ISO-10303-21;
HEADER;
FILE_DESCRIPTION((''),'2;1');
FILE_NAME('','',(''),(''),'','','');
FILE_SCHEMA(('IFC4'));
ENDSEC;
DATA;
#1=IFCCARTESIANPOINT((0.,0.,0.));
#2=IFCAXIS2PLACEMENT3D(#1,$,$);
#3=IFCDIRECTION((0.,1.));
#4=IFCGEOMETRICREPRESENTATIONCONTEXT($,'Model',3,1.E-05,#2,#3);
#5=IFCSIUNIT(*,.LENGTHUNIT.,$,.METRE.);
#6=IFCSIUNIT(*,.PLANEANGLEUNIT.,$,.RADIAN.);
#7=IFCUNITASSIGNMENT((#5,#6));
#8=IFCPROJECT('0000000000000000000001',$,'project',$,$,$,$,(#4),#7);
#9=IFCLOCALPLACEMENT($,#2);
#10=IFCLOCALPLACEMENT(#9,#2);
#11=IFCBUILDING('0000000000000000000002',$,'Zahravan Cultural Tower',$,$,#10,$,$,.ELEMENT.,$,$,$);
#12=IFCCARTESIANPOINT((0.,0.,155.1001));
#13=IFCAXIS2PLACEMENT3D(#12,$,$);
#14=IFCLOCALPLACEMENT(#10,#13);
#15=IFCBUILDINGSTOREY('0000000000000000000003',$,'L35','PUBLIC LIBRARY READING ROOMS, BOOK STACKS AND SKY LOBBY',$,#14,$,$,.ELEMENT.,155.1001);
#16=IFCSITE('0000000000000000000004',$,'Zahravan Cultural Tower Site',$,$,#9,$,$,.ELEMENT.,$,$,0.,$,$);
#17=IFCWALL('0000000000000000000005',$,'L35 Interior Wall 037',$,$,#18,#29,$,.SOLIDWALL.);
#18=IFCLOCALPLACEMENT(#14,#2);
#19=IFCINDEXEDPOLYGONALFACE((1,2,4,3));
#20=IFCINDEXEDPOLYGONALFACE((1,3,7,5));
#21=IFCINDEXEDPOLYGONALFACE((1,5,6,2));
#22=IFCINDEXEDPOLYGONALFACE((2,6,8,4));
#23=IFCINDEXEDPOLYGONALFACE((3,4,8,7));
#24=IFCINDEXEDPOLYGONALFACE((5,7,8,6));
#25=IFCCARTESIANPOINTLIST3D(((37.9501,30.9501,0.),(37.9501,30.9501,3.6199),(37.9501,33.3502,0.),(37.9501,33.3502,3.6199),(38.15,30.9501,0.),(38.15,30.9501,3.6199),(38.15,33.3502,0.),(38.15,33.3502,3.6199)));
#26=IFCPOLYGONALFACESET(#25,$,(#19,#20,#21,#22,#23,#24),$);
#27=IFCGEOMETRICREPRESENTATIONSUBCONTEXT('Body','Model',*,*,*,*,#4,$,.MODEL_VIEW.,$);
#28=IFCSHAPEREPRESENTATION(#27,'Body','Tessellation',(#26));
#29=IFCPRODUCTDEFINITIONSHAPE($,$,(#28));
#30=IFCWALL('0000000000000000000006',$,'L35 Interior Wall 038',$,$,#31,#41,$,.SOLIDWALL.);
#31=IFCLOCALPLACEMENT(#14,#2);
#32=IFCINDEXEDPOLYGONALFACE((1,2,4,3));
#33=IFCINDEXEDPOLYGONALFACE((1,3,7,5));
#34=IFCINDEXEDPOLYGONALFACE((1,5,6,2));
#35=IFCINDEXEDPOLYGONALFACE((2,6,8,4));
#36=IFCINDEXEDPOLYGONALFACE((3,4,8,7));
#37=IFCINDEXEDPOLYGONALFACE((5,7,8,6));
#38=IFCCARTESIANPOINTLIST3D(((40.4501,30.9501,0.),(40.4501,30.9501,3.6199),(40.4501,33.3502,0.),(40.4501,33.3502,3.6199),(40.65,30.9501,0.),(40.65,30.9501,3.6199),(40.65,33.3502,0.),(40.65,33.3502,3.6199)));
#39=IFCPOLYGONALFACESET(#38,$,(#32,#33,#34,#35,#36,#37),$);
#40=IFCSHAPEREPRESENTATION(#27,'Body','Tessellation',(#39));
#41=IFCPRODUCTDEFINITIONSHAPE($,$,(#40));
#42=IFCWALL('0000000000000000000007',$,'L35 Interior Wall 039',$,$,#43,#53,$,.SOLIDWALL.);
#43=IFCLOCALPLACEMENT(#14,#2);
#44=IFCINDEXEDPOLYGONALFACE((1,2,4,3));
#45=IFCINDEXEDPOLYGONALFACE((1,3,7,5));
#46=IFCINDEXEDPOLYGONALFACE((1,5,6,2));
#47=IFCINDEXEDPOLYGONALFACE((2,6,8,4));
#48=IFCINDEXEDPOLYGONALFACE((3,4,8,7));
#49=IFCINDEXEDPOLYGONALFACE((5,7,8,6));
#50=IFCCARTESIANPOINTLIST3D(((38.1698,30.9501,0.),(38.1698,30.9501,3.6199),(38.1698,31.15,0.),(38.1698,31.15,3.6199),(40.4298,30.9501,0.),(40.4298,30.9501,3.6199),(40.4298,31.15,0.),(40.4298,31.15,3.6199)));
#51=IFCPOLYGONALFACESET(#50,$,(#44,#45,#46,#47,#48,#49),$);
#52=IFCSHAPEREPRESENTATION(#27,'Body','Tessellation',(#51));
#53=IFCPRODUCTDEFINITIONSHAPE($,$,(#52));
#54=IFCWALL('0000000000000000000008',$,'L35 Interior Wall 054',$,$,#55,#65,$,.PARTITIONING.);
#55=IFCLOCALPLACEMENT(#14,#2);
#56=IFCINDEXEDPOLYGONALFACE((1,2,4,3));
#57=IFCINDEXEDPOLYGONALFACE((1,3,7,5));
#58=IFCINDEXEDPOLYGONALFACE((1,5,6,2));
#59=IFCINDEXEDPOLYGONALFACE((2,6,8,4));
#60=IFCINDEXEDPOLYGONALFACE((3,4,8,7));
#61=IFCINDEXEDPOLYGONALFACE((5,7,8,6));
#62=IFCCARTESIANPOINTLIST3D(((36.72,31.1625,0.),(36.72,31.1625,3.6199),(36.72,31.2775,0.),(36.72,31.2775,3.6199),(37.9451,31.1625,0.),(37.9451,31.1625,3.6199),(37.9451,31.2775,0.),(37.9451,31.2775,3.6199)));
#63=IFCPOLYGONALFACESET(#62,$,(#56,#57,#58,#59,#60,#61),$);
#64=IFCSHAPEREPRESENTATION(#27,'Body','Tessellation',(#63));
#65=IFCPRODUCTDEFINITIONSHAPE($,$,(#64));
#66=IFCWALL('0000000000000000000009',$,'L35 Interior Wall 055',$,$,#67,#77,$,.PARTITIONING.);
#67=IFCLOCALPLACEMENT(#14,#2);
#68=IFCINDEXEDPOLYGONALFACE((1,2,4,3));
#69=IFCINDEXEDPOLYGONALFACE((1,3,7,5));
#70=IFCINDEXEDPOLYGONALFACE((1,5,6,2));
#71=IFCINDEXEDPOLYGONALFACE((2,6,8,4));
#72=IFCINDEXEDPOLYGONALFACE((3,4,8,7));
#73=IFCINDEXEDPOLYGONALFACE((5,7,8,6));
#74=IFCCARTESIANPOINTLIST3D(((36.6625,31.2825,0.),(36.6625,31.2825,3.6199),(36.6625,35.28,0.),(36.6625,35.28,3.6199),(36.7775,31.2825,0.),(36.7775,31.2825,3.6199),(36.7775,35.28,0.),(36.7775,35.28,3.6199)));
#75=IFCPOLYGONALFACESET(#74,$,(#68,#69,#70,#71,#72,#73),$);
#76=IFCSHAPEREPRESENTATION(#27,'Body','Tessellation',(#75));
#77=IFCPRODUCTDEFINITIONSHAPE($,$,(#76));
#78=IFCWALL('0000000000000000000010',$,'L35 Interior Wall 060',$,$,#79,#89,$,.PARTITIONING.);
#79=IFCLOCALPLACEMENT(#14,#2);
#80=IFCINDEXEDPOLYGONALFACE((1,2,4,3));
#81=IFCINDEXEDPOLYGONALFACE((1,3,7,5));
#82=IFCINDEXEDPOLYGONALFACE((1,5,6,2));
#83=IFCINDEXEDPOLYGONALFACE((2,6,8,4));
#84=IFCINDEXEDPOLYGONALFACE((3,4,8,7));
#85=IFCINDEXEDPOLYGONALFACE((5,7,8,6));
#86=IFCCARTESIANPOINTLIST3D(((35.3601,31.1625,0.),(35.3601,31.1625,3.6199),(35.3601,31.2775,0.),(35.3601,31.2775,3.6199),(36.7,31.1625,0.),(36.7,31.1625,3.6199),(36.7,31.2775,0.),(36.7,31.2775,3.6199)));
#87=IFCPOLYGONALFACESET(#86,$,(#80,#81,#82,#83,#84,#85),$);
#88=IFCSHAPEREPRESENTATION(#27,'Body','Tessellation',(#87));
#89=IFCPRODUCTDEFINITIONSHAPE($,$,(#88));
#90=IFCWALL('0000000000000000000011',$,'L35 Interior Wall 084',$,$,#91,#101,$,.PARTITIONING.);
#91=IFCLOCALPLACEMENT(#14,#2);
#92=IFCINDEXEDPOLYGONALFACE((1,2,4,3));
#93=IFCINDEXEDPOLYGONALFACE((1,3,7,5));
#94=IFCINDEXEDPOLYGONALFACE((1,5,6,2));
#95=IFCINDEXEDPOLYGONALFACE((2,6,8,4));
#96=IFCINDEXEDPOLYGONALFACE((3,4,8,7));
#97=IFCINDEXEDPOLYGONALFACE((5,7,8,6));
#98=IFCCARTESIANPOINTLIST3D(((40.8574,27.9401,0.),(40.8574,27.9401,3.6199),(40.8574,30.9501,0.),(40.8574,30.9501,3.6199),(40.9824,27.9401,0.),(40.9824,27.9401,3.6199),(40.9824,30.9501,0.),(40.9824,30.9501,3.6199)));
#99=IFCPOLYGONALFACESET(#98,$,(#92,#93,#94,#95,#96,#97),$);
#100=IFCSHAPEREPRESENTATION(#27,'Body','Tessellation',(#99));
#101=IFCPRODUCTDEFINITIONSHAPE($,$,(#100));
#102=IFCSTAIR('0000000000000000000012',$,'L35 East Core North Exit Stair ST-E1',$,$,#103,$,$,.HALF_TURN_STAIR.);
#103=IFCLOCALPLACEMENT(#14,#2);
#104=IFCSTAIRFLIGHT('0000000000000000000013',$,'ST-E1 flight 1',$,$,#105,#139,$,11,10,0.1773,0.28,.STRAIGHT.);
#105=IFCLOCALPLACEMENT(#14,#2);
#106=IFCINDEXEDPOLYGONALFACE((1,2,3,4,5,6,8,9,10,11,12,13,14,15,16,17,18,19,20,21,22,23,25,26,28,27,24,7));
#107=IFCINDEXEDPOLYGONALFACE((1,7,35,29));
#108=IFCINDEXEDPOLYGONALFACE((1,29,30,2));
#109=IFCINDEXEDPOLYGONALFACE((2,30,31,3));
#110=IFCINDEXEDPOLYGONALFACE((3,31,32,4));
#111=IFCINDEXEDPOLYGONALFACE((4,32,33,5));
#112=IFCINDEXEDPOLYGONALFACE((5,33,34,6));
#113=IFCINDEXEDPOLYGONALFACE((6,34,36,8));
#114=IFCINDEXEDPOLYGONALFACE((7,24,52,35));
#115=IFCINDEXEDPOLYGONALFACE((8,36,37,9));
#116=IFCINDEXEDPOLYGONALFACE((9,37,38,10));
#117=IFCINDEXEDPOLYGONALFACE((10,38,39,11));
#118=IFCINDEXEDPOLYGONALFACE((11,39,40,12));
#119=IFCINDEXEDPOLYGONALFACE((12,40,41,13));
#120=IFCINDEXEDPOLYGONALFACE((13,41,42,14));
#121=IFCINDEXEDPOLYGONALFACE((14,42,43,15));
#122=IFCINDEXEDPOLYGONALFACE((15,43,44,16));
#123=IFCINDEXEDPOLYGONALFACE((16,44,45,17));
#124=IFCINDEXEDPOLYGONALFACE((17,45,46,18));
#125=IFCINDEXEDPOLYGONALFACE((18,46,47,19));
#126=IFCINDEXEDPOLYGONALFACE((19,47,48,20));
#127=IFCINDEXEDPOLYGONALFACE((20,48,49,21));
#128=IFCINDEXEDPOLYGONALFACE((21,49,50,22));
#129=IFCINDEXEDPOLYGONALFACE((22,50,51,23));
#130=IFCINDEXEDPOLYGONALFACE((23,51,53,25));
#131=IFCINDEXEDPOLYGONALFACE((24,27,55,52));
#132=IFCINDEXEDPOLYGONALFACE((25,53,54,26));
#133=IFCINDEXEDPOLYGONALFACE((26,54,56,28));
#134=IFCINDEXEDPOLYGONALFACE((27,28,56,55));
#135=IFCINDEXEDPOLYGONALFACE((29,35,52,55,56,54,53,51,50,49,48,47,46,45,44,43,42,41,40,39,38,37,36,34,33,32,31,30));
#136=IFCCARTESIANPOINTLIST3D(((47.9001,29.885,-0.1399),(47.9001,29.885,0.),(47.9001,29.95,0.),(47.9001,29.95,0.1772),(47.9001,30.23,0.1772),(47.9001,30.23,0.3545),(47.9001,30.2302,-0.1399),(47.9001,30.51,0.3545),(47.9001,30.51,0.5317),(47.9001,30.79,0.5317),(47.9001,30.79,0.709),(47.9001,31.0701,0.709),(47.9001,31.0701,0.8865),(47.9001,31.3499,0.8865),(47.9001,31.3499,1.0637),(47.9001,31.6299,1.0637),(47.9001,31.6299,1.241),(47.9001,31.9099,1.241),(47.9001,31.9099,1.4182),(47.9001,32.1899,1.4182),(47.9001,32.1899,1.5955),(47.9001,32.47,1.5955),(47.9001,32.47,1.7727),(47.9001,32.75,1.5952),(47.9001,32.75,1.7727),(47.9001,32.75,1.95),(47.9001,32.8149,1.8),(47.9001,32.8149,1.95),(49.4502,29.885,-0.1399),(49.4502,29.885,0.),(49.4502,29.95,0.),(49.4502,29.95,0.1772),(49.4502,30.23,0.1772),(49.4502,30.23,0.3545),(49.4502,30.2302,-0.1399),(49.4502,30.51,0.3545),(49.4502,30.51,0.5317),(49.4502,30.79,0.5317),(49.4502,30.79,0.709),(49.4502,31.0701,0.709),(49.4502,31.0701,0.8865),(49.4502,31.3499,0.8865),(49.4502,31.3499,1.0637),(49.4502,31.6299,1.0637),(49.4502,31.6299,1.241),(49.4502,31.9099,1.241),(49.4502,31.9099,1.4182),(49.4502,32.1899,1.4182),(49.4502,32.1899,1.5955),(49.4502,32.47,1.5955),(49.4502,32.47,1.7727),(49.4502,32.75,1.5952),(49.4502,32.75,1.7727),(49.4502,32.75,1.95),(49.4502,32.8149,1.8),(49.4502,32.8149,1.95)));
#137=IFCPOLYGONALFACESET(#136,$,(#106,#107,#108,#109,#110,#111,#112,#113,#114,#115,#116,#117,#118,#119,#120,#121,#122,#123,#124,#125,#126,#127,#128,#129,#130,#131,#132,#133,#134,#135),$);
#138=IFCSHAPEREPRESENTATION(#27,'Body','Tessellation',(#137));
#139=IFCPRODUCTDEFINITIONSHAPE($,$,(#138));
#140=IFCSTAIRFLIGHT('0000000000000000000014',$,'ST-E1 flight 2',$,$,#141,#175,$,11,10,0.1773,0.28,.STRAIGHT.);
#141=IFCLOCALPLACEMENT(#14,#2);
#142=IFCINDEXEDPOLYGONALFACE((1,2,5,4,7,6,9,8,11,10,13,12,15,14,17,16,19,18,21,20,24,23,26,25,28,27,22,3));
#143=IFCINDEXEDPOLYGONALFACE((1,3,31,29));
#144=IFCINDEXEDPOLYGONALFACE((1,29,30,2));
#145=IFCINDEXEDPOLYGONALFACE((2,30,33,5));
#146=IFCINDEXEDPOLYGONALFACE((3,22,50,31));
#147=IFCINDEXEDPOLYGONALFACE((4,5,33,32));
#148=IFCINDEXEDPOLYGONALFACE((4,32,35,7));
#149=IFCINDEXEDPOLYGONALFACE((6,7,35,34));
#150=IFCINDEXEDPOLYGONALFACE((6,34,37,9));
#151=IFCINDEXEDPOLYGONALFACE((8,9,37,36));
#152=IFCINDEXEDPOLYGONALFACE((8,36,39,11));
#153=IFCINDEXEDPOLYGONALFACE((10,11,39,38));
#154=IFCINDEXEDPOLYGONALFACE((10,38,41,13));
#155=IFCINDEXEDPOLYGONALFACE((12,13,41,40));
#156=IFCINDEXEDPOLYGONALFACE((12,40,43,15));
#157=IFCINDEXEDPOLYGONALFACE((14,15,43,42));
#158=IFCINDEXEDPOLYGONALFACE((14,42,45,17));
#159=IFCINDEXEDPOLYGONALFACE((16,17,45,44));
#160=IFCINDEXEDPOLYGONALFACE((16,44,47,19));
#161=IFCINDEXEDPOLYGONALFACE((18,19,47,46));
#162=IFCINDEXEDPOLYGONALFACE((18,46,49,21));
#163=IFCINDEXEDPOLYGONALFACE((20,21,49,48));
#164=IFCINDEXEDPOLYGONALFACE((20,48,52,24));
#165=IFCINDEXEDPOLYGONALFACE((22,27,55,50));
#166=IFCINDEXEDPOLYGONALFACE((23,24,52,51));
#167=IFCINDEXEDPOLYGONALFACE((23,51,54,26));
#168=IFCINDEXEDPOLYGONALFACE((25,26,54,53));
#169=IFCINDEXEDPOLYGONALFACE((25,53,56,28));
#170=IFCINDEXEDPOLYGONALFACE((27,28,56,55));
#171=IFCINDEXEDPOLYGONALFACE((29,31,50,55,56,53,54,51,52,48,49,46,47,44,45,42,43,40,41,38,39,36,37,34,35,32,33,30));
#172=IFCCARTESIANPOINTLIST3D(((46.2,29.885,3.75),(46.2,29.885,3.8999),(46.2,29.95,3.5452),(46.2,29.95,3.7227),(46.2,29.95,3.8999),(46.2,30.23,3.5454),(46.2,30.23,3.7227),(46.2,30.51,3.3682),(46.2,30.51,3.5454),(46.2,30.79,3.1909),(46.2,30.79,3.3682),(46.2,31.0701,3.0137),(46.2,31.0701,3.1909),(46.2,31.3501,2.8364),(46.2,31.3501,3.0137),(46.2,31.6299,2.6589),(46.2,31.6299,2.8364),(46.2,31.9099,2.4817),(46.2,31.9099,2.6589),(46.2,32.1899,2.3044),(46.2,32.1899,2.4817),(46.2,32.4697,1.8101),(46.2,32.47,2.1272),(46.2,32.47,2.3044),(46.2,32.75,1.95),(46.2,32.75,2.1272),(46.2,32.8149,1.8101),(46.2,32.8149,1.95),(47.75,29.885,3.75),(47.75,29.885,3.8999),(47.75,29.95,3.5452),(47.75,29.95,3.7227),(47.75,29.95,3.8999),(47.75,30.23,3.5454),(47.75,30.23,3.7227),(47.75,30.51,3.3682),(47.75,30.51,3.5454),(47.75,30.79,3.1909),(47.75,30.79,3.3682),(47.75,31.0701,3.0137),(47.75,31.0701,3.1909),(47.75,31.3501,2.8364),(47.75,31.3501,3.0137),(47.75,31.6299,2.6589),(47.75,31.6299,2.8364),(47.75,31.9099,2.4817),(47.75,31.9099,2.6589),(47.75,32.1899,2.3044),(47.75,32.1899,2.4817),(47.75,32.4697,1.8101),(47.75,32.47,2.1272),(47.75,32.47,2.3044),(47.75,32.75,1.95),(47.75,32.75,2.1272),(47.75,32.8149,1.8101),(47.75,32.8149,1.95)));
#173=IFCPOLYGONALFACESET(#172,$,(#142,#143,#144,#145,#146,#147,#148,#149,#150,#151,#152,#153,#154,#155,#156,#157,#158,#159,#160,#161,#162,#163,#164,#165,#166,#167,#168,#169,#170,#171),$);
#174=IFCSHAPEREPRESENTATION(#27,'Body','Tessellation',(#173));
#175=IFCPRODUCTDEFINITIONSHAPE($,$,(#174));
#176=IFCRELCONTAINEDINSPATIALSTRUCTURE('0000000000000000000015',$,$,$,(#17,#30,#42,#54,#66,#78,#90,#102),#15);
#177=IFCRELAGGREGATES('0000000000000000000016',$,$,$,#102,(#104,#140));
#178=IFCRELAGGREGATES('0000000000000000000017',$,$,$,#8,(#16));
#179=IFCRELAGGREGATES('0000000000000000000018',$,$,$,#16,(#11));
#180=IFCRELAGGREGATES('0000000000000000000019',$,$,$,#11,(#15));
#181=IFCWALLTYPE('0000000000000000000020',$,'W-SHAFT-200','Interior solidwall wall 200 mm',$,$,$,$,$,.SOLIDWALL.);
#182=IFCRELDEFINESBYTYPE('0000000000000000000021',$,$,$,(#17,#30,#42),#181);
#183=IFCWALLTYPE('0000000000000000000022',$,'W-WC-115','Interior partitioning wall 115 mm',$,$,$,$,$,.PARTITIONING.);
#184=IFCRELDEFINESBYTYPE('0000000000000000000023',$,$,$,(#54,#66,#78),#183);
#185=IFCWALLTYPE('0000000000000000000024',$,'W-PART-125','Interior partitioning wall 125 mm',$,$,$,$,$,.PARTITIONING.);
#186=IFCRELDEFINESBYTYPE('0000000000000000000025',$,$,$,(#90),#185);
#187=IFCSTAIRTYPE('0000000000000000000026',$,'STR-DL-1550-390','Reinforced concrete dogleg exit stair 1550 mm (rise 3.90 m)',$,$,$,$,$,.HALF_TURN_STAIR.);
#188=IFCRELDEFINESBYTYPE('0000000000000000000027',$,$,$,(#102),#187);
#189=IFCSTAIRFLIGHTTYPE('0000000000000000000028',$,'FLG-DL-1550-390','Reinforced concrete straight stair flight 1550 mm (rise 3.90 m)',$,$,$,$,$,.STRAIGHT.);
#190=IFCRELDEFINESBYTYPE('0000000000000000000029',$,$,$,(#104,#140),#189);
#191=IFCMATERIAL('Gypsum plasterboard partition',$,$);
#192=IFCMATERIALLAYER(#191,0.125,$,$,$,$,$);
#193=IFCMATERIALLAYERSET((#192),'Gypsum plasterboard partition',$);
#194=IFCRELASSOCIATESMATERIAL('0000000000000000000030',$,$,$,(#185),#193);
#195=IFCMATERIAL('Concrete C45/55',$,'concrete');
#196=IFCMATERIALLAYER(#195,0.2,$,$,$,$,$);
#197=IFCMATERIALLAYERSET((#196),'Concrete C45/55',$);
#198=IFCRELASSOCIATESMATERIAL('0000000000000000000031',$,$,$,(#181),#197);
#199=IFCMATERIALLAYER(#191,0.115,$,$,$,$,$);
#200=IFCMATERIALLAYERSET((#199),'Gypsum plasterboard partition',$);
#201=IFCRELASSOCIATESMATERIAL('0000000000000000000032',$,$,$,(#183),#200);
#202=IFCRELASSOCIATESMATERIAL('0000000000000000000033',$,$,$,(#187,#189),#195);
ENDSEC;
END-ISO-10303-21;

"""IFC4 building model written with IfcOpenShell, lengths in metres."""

from ifc_helpers import new_model, si_unit, direction, frame, frame_2d, origin, place, context, subcontext, project, spatial, polyline, rectangle, outline, extrude, source, transform, mapped, material, layer, layer_set, type_object, element, aggregate, save


model = new_model("IFC4")

# Units and contexts
model_context = context("Model", 3, precision=1e-05, world=origin(), true_north=direction((0.0, 1.0)))
body_context = subcontext(model_context, "Body", "Model", "MODEL_VIEW")
ifc_project = project(units=[si_unit("LENGTHUNIT", "METRE"), si_unit("PLANEANGLEUNIT", "RADIAN")], contexts=[model_context])

# Site, building, storey
site_placement = place(None, origin())
site = spatial("IfcSite", under=ifc_project, at=site_placement, Name="Zahravan Cultural Tower Site", CompositionType="ELEMENT", RefElevation=0.0)
building_placement = place(site_placement, origin())
building = spatial("IfcBuilding", under=site, at=building_placement, Name="Zahravan Cultural Tower", CompositionType="ELEMENT")
storey_placement = place(building_placement, frame((0.0, 0.0, 155.1001)))
storey = spatial("IfcBuildingStorey", under=building, at=storey_placement, Name="L35", Description="PUBLIC LIBRARY READING ROOMS, BOOK STACKS AND SKY LOBBY", CompositionType="ELEMENT", Elevation=155.1001)

# Shared definitions
ifc_material_1 = material(Name="Gypsum plasterboard partition")
ifc_layer_1 = layer(ifc_material_1, 0.125)
ifc_layer_set_1 = layer_set([ifc_layer_1], Name="Gypsum plasterboard partition")
wall_type_1 = type_object("IfcWallType", Name="W-PART-125", Description="Interior partitioning wall 125 mm", PredefinedType="PARTITIONING", material=ifc_layer_set_1)
ifc_material_2 = material(Name="Concrete C45/55", Category="concrete")
ifc_layer_2 = layer(ifc_material_2, 0.2)
ifc_layer_set_2 = layer_set([ifc_layer_2], Name="Concrete C45/55")
wall_type_2 = type_object("IfcWallType", Name="W-SHAFT-200", Description="Interior solidwall wall 200 mm", PredefinedType="SOLIDWALL", material=ifc_layer_set_2)

# Walls
shared_shape_1 = source(origin(), body_context, "Body", "SweptSolid", [
    extrude(rectangle(XDim=2.4001, YDim=0.2, at=frame_2d((1.2002, 0.0))), origin(), (0.0, 0.0, 1.0), 3.6199),
])
for number, where, z_axis, x_axis, name in (
    (1, (38.05, 30.95, 0.0), (0.0, 0.0, 1.0), (0.0, 1.0, 0.0), "L35 Interior Wall 037"),
    (2, (40.55, 30.95, 0.0), (0.0, 0.0, 1.0), (0.0, 1.0, 0.0), "L35 Interior Wall 038"),
):
    element("IfcWall", number, at=place(storey_placement, frame(where, z_axis=z_axis, x_axis=x_axis)), inside=storey, type_object=wall_type_2, Name=name, PredefinedType="SOLIDWALL", context=body_context, shape_type="MappedRepresentation", body=[
        mapped(shared_shape_1, transform((0.0, 0.0, 0.0), x_axis=(1.0, 0.0, 0.0), y_axis=(0.0, 1.0, 0.0), z_axis=(0.0, 0.0, 1.0), scale=1.0)),
    ])
shared_shape_2 = source(origin(), body_context, "Body", "SweptSolid", [
    extrude(rectangle(XDim=2.26, YDim=0.2, at=frame_2d((1.1299, 0.0))), origin(), (0.0, 0.0, 1.0), 3.6199),
])
wall_1_placement = place(storey_placement, frame((38.1699, 31.05, 0.0), z_axis=(0.0, 0.0, 1.0), x_axis=(1.0, 0.0, 0.0)))
element("IfcWall", 3, at=wall_1_placement, inside=storey, type_object=wall_type_2, Name="L35 Interior Wall 039", PredefinedType="SOLIDWALL", context=body_context, shape_type="MappedRepresentation", body=[
    mapped(shared_shape_2, transform((0.0, 0.0, 0.0), x_axis=(1.0, 0.0, 0.0), y_axis=(0.0, 1.0, 0.0), z_axis=(0.0, 0.0, 1.0), scale=1.0)),
])
ifc_layer_3 = layer(ifc_material_1, 0.115)
ifc_layer_set_3 = layer_set([ifc_layer_3], Name="Gypsum plasterboard partition")
wall_type_3 = type_object("IfcWallType", Name="W-WC-115", Description="Interior partitioning wall 115 mm", PredefinedType="PARTITIONING", material=ifc_layer_set_3)
shared_shape_3 = source(origin(), body_context, "Body", "SweptSolid", [
    extrude(rectangle(XDim=1.2251, YDim=0.115, at=frame_2d((0.6125, 0.0))), origin(), (0.0, 0.0, 1.0), 3.6199),
])
wall_2_placement = place(storey_placement, frame((37.9451, 31.22, 0.0), z_axis=(0.0, 0.0, 1.0), x_axis=(-1.0, 0.0, 0.0)))
element("IfcWall", 4, at=wall_2_placement, inside=storey, type_object=wall_type_3, Name="L35 Interior Wall 054", PredefinedType="PARTITIONING", context=body_context, shape_type="MappedRepresentation", body=[
    mapped(shared_shape_3, transform((0.0, 0.0, 0.0), x_axis=(1.0, 0.0, 0.0), y_axis=(0.0, 1.0, 0.0), z_axis=(0.0, 0.0, 1.0), scale=1.0)),
])
shared_shape_4 = source(origin(), body_context, "Body", "SweptSolid", [
    extrude(rectangle(XDim=3.9976, YDim=0.115, at=frame_2d((1.9988, 0.0))), origin(), (0.0, 0.0, 1.0), 3.6199),
])
wall_3_placement = place(storey_placement, frame((36.72, 31.2825, 0.0), z_axis=(0.0, 0.0, 1.0), x_axis=(0.0, 1.0, 0.0)))
element("IfcWall", 5, at=wall_3_placement, inside=storey, type_object=wall_type_3, Name="L35 Interior Wall 055", PredefinedType="PARTITIONING", context=body_context, shape_type="MappedRepresentation", body=[
    mapped(shared_shape_4, transform((0.0, 0.0, 0.0), x_axis=(1.0, 0.0, 0.0), y_axis=(0.0, 1.0, 0.0), z_axis=(0.0, 0.0, 1.0), scale=1.0)),
])
shared_shape_5 = source(origin(), body_context, "Body", "SweptSolid", [
    extrude(rectangle(XDim=1.3398, YDim=0.115, at=frame_2d((0.6699, 0.0))), origin(), (0.0, 0.0, 1.0), 3.6199),
])
wall_4_placement = place(storey_placement, frame((36.7, 31.22, 0.0), z_axis=(0.0, 0.0, 1.0), x_axis=(-1.0, 0.0, 0.0)))
element("IfcWall", 6, at=wall_4_placement, inside=storey, type_object=wall_type_3, Name="L35 Interior Wall 060", PredefinedType="PARTITIONING", context=body_context, shape_type="MappedRepresentation", body=[
    mapped(shared_shape_5, transform((0.0, 0.0, 0.0), x_axis=(1.0, 0.0, 0.0), y_axis=(0.0, 1.0, 0.0), z_axis=(0.0, 0.0, 1.0), scale=1.0)),
])
shared_shape_6 = source(origin(), body_context, "Body", "SweptSolid", [
    extrude(rectangle(XDim=3.01, YDim=0.125, at=frame_2d((1.5049, 0.0))), origin(), (0.0, 0.0, 1.0), 3.6199),
])
wall_5_placement = place(storey_placement, frame((40.9199, 30.95, 0.0), z_axis=(0.0, 0.0, 1.0), x_axis=(0.0, -1.0, 0.0)))
element("IfcWall", 7, at=wall_5_placement, inside=storey, type_object=wall_type_1, Name="L35 Interior Wall 084", PredefinedType="PARTITIONING", context=body_context, shape_type="MappedRepresentation", body=[
    mapped(shared_shape_6, transform((0.0, 0.0, 0.0), x_axis=(1.0, 0.0, 0.0), y_axis=(0.0, 1.0, 0.0), z_axis=(0.0, 0.0, 1.0), scale=1.0)),
])

# Stair, stair flights
stair_type = type_object("IfcStairType", Name="STR-DL-1550-390", Description="Reinforced concrete dogleg exit stair 1550 mm (rise 3.90 m)", PredefinedType="HALF_TURN_STAIR", material=ifc_material_2)
stair_placement = place(storey_placement, origin())
stair = element("IfcStair", 8, at=stair_placement, inside=storey, type_object=stair_type, Name="L35 East Core North Exit Stair ST-E1", PredefinedType="HALF_TURN_STAIR")
stair_flight_type = type_object("IfcStairFlightType", Name="FLG-DL-1550-390", Description="Reinforced concrete straight stair flight 1550 mm (rise 3.90 m)", PredefinedType="STRAIGHT", material=ifc_material_2)
stair_flight_1_placement = place(storey_placement, frame((48.675, 29.95, 0.0), z_axis=(0.0, 0.0, 1.0), x_axis=(0.0, 1.0, 0.0)))
stair_flight_1 = element("IfcStairFlight", 9, at=stair_flight_1_placement, type_object=stair_flight_type, Name="ST-E1 flight 1", NumberOfRisers=11, NumberOfTreads=10, PredefinedType="STRAIGHT", RiserHeight=0.1773, TreadLength=0.28, context=body_context, shape_type="SweptSolid", body=[
    extrude(outline(polyline([(-0.0649, -0.1399), (-0.0649, 0.0), (0.0, 0.0), (0.0, 0.1772), (0.28, 0.1772), (0.28, 0.3545), (0.5601, 0.3545), (0.5601, 0.5317), (0.8401, 0.5317), (0.8401, 0.709), (1.1201, 0.709), (1.1201, 0.8865), (1.3999, 0.8865), (1.3999, 1.0637), (1.6799, 1.0637), (1.6799, 1.241), (1.96, 1.241), (1.96, 1.4182), (2.24, 1.4182), (2.24, 1.5955), (2.52, 1.5955), (2.52, 1.7727), (2.8, 1.7727), (2.8, 1.95), (2.865, 1.95), (2.865, 1.8), (2.8, 1.5952), (0.2803, -0.1399), (-0.0649, -0.1399)])), frame((0.0, 0.7749, 0.0), z_axis=(0.0, -1.0, 0.0), x_axis=(1.0, 0.0, 0.0)), (0.0, 0.0, 1.0), 1.55),
])
stair_flight_2_placement = place(storey_placement, frame((46.9751, 32.75, 1.95), z_axis=(0.0, 0.0, 1.0), x_axis=(0.0, -1.0, 0.0)))
stair_flight_2 = element("IfcStairFlight", 10, at=stair_flight_2_placement, type_object=stair_flight_type, Name="ST-E1 flight 2", NumberOfRisers=11, NumberOfTreads=10, PredefinedType="STRAIGHT", RiserHeight=0.1773, TreadLength=0.28, context=body_context, shape_type="SweptSolid", body=[
    extrude(outline(polyline([(-0.0649, -0.1399), (-0.0649, 0.0), (0.0, 0.0), (0.0, 0.1772), (0.28, 0.1772), (0.28, 0.3545), (0.5601, 0.3545), (0.5601, 0.5317), (0.8401, 0.5317), (0.8401, 0.709), (1.1201, 0.709), (1.1201, 0.8865), (1.3999, 0.8865), (1.3999, 1.0637), (1.6799, 1.0637), (1.6799, 1.241), (1.96, 1.241), (1.96, 1.4182), (2.24, 1.4182), (2.24, 1.5955), (2.52, 1.5955), (2.52, 1.7727), (2.8, 1.7727), (2.8, 1.95), (2.865, 1.95), (2.865, 1.8), (2.8, 1.5952), (0.2803, -0.1399), (-0.0649, -0.1399)])), frame((0.0, 0.7749, 0.0), z_axis=(0.0, -1.0, 0.0), x_axis=(1.0, 0.0, 0.0)), (0.0, 0.0, 1.0), 1.55),
])
aggregate(stair, [stair_flight_1, stair_flight_2])

save(model, "model.ifc")
